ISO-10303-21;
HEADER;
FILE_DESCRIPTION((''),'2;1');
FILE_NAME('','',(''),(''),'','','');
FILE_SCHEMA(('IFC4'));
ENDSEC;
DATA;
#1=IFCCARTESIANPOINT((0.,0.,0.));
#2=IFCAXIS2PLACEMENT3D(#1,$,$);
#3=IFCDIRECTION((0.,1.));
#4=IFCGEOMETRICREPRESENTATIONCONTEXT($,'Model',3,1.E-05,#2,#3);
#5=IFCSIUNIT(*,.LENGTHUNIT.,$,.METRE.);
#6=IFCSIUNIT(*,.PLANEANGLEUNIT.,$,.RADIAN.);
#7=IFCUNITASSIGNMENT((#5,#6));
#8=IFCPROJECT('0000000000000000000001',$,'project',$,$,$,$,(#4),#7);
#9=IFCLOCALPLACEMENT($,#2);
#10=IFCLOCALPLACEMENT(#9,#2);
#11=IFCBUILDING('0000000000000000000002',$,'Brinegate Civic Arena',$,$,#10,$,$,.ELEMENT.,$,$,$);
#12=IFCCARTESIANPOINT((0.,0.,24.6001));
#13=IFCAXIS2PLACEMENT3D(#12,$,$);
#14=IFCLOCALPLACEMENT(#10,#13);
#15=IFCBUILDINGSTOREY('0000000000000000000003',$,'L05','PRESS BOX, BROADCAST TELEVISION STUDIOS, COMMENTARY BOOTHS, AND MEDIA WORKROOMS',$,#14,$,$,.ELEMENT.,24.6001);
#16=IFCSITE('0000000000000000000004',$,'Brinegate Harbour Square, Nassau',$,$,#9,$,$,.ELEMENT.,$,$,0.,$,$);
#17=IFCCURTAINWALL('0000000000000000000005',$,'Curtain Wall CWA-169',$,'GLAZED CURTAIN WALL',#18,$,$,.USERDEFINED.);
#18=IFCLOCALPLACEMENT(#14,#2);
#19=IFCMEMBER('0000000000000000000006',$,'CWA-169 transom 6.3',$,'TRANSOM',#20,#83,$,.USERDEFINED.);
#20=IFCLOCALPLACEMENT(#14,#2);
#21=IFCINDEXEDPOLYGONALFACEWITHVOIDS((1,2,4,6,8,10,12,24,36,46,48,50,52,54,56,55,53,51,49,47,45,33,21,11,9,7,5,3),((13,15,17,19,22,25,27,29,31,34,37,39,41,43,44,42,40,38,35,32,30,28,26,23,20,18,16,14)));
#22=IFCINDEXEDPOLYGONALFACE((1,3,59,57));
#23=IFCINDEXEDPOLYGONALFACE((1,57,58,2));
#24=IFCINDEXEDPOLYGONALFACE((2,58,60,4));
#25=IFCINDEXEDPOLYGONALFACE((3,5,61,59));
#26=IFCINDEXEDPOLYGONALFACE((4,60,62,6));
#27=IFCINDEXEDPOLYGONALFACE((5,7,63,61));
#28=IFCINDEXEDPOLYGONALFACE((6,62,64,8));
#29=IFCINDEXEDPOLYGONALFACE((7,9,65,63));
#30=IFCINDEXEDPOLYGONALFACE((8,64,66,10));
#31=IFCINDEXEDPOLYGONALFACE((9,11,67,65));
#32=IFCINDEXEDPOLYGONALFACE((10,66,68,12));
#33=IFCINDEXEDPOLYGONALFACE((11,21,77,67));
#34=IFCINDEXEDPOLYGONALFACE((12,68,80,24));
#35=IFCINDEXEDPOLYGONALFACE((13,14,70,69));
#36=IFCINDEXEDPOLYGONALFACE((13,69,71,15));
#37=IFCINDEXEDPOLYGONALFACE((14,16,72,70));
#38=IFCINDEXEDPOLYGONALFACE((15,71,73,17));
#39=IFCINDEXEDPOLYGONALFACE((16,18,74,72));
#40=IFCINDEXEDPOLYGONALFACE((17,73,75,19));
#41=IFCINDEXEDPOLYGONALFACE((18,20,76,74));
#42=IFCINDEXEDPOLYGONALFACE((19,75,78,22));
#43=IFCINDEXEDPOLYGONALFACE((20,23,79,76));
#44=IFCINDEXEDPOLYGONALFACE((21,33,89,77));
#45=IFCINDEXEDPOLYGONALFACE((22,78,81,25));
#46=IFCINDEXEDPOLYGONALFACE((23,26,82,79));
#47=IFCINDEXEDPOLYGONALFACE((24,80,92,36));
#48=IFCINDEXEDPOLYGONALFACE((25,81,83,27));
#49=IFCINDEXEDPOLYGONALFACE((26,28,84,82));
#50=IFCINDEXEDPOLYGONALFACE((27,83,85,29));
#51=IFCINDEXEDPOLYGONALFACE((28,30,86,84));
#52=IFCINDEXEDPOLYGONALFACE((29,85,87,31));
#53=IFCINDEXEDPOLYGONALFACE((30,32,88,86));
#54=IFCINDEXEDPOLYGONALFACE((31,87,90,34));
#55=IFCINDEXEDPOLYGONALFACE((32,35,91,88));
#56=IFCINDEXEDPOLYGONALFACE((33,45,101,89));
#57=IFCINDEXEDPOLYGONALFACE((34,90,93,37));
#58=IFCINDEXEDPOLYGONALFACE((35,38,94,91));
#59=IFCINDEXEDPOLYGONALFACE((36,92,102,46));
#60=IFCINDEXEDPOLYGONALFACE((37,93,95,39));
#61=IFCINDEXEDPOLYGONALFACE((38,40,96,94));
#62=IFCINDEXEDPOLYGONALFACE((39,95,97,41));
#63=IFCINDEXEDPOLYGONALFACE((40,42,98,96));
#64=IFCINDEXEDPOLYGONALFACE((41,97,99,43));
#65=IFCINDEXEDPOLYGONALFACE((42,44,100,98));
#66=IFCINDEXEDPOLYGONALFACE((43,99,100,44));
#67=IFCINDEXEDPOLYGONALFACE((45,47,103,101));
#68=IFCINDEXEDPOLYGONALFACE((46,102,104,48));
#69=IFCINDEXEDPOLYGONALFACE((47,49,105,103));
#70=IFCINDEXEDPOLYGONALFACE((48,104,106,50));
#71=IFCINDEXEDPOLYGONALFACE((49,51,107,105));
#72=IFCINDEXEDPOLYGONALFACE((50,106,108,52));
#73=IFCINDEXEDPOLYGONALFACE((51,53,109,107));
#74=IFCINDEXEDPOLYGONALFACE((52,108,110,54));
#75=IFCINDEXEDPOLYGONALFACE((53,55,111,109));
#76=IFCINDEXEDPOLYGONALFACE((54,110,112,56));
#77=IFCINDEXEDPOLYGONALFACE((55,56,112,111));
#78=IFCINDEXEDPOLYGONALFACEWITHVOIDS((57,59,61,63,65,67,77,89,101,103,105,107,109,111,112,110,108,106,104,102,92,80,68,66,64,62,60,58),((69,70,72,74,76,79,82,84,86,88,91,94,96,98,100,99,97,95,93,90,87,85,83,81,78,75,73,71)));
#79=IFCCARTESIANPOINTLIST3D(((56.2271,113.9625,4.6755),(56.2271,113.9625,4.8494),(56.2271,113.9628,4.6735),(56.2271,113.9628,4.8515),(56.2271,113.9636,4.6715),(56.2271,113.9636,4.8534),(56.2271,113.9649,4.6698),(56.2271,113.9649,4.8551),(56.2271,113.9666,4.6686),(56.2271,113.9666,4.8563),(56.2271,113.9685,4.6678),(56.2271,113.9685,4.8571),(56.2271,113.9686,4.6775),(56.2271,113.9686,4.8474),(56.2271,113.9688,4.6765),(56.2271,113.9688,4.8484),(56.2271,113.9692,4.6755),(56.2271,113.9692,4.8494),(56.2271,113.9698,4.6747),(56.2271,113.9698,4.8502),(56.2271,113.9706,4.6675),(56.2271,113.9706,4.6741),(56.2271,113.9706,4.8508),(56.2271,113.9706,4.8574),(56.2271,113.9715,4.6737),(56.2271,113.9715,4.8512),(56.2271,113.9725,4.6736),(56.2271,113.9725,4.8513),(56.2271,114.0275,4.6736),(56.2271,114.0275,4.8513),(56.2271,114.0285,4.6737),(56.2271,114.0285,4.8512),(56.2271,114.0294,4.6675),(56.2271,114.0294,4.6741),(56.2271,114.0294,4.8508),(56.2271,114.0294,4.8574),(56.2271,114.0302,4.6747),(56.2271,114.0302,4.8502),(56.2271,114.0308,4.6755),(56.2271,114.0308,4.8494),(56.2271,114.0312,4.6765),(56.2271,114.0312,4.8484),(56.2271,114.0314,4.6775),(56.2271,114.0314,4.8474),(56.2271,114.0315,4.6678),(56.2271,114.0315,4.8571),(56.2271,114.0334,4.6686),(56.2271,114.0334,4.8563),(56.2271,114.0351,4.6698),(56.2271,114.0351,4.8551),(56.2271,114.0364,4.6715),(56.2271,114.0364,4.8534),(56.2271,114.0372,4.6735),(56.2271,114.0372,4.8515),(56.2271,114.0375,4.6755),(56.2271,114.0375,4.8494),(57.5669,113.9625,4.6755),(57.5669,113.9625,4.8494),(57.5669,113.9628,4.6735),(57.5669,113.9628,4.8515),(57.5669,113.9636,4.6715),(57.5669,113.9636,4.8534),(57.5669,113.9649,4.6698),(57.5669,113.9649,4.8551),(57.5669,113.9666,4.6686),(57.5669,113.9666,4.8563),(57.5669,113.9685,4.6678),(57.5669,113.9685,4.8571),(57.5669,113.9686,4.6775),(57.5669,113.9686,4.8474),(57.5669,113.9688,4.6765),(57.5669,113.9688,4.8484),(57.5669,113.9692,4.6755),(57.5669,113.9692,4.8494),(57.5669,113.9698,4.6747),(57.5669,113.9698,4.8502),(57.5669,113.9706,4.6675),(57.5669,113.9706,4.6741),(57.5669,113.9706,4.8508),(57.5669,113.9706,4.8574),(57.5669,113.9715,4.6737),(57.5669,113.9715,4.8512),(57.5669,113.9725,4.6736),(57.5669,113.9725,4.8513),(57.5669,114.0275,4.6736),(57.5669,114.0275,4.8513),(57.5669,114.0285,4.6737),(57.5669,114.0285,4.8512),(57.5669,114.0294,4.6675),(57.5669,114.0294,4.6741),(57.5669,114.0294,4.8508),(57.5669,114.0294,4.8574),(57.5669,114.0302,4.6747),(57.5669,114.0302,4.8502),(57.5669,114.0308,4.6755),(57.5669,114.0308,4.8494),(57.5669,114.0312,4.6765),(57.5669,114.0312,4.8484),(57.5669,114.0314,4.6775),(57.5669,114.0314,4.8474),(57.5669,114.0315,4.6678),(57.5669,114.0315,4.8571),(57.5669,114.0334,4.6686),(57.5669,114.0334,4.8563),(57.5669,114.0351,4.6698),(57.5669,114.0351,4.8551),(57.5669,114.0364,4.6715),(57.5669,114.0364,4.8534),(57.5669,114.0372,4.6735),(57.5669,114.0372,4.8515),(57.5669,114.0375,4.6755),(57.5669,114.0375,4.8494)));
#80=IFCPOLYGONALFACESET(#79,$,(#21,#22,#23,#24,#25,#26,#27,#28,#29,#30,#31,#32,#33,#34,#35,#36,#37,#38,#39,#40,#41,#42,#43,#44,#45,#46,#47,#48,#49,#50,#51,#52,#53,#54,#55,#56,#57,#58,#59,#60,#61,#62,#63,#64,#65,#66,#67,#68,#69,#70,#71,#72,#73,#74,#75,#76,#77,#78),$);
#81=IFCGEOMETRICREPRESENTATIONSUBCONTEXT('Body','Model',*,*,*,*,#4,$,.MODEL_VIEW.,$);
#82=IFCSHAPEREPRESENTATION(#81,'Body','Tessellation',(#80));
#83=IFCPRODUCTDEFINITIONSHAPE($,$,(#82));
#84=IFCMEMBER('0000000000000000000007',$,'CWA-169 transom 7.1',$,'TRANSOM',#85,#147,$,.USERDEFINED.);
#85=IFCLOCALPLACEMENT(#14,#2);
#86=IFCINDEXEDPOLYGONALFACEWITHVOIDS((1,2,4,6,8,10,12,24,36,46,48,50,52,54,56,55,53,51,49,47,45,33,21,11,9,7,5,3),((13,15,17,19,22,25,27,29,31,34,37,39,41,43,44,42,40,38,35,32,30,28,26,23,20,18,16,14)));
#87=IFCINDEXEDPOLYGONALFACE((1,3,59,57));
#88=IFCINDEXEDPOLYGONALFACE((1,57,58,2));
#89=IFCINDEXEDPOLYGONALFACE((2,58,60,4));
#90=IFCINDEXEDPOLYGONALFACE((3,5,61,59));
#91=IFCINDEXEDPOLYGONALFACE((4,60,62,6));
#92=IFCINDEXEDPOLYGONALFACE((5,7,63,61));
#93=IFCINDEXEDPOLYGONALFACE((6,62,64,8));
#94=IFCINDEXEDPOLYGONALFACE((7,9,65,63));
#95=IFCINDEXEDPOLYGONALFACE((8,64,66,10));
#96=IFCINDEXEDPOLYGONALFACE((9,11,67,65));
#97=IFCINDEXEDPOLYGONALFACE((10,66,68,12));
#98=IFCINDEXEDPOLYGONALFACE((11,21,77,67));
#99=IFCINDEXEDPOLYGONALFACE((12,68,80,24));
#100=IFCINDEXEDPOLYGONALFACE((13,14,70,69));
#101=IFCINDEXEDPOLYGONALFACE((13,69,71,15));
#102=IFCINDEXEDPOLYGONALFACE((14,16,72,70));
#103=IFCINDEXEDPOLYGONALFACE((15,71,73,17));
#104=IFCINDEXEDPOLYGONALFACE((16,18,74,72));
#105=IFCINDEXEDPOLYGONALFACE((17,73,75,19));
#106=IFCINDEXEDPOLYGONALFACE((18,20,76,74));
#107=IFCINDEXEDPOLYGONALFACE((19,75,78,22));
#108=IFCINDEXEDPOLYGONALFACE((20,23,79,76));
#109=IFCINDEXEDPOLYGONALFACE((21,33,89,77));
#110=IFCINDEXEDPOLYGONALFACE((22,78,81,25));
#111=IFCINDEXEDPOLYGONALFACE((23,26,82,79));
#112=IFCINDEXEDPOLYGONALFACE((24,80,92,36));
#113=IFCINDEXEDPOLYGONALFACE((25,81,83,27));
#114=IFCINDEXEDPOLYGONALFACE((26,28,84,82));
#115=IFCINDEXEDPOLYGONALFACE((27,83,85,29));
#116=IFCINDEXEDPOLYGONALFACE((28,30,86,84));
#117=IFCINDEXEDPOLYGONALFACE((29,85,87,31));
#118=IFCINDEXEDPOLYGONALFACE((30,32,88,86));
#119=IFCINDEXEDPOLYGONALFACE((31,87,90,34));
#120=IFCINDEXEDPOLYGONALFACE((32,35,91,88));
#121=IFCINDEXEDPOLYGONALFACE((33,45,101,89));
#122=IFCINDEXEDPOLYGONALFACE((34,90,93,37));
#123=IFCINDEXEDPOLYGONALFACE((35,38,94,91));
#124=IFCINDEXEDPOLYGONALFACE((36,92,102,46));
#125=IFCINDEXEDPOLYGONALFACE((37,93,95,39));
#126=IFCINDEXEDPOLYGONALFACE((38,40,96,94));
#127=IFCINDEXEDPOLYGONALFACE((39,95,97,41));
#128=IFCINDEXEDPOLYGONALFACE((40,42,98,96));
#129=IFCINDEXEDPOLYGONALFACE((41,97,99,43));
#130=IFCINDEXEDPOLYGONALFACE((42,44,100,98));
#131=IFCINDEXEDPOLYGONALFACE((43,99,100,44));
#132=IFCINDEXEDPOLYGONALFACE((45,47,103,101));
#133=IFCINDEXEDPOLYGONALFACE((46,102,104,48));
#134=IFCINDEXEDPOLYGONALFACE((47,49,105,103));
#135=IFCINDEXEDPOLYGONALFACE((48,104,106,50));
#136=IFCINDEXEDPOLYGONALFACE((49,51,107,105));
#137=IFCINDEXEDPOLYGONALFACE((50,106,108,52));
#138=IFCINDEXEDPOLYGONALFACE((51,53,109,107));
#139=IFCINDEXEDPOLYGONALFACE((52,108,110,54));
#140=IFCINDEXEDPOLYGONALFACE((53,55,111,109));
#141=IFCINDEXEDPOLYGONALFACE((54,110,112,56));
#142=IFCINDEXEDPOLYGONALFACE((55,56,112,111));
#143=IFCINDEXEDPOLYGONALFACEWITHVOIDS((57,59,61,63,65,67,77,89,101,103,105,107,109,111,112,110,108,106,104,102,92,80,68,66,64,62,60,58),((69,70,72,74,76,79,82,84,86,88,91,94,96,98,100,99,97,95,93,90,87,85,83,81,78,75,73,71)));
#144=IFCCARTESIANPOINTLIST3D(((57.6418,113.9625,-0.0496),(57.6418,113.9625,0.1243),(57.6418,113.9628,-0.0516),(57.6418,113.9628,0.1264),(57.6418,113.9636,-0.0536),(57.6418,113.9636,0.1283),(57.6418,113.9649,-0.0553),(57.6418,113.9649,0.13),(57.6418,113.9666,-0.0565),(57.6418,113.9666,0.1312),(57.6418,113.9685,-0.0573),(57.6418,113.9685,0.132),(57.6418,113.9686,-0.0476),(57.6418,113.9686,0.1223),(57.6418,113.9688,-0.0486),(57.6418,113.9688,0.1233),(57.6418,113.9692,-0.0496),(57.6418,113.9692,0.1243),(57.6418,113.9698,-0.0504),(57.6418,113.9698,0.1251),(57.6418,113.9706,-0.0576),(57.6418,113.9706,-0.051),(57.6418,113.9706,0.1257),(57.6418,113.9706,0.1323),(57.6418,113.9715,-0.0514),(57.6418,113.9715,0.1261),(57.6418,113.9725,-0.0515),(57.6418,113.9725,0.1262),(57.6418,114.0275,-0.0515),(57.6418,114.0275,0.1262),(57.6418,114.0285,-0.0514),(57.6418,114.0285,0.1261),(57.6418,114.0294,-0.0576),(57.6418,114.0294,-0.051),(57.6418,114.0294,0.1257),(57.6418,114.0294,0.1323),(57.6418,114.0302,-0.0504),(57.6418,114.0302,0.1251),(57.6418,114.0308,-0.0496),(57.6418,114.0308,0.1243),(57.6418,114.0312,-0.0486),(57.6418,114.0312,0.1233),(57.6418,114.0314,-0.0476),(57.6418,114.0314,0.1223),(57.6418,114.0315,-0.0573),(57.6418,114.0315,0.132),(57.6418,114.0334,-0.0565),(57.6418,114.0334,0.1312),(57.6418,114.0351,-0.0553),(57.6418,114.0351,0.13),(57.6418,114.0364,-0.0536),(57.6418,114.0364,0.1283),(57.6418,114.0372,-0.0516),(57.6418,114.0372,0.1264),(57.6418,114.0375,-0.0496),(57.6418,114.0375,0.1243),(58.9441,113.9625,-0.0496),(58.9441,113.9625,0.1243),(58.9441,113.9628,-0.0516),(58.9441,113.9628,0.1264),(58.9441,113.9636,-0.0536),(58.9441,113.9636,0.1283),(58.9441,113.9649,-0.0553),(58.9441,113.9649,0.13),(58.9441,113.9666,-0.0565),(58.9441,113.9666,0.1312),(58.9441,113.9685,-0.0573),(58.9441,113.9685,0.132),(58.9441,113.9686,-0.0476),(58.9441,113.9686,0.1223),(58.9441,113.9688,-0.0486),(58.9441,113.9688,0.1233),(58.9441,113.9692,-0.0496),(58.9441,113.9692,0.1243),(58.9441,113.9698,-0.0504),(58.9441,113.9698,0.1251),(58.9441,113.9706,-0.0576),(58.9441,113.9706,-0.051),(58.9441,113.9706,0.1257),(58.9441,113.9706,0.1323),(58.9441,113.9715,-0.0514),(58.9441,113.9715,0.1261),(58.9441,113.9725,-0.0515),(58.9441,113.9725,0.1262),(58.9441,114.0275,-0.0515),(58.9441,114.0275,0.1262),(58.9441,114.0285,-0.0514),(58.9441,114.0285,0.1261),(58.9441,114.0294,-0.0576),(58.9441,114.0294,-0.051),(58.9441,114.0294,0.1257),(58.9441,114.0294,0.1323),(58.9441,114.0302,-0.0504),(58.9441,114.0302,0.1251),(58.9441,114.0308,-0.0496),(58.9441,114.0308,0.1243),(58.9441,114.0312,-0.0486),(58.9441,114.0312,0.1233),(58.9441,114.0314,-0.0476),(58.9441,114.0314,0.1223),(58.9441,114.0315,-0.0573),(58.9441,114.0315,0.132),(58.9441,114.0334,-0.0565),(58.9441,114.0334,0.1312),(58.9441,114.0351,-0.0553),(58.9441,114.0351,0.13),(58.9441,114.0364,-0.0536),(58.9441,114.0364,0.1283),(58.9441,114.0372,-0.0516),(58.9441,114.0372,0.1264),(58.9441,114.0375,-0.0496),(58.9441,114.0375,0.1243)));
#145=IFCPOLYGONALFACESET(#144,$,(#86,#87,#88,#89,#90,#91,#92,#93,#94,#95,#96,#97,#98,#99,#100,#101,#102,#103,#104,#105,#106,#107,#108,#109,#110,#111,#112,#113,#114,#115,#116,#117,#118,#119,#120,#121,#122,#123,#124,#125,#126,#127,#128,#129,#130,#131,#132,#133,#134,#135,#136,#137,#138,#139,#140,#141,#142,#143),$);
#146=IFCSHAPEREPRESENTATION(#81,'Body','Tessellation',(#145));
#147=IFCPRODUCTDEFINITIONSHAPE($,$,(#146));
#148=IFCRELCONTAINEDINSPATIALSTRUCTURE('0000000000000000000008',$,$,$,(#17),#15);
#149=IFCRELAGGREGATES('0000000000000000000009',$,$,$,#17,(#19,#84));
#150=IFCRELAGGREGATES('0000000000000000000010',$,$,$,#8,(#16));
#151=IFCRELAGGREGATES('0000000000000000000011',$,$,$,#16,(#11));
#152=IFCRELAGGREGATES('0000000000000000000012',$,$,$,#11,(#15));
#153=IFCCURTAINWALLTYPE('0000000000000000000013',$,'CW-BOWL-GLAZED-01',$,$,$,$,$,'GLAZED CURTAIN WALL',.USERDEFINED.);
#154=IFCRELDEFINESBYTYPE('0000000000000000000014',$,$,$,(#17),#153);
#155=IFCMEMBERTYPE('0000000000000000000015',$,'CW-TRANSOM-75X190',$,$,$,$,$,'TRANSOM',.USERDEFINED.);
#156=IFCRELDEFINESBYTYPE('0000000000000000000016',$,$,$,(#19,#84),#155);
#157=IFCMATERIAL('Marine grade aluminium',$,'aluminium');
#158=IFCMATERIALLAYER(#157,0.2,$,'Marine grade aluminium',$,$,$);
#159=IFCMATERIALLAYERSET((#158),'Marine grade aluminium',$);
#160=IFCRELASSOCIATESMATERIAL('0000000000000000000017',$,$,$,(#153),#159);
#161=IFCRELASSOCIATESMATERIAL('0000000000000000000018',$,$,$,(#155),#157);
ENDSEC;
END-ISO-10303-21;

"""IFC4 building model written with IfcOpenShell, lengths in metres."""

from ifc_helpers import new_model, si_unit, direction, frame, origin, origin_2d, place, context, subcontext, project, spatial, hollow_rectangle, extrude, material, layer, layer_set, material_profile, profile_set, type_object, element, aggregate, save


model = new_model("IFC4")

# Units and contexts
model_context = context("Model", 3, precision=1e-05, world=origin(), true_north=direction((0.0, 1.0)))
body_context = subcontext(model_context, "Body", "Model", "MODEL_VIEW")
ifc_project = project(units=[si_unit("LENGTHUNIT", "METRE"), si_unit("PLANEANGLEUNIT", "RADIAN")], contexts=[model_context])

# Site, building, storey
site_placement = place(None, origin())
site = spatial("IfcSite", under=ifc_project, at=site_placement, Name="Brinegate Harbour Square, Nassau", CompositionType="ELEMENT", RefElevation=0.0)
building_placement = place(site_placement, origin())
building = spatial("IfcBuilding", under=site, at=building_placement, Name="Brinegate Civic Arena", CompositionType="ELEMENT")
storey_placement = place(building_placement, frame((0.0, 0.0, 24.6001)))
storey = spatial("IfcBuildingStorey", under=building, at=storey_placement, Name="L05", Description="PRESS BOX, BROADCAST TELEVISION STUDIOS, COMMENTARY BOOTHS, AND MEDIA WORKROOMS", CompositionType="ELEMENT", Elevation=24.6001)

# Shared definitions
ifc_material_1 = material(Name="Marine grade aluminium", Category="aluminium")
ifc_layer_1 = layer(ifc_material_1, 0.2, Name="Marine grade aluminium")
ifc_layer_set_1 = layer_set([ifc_layer_1], Name="Marine grade aluminium")
curtain_wall_type = type_object("IfcCurtainWallType", Name="CW-BOWL-GLAZED-01", ElementType="GLAZED CURTAIN WALL", PredefinedType="USERDEFINED", material=ifc_layer_set_1)

# Curtain wall
curtain_wall_1_placement = place(storey_placement, origin())
curtain_wall_1 = element("IfcCurtainWall", 1, at=curtain_wall_1_placement, inside=storey, type_object=curtain_wall_type, Name="Curtain Wall CWA-169", ObjectType="GLAZED CURTAIN WALL", PredefinedType="USERDEFINED")

# Members
ifc_material_profile_1 = material_profile(ifc_material_1, hollow_rectangle(XDim=0.075, YDim=0.1899, WallThickness=0.0061, InnerFilletRadius=0.0039, OuterFilletRadius=0.0081, at=origin_2d()), Name="TRN75X190")
ifc_profile_set_1 = profile_set([ifc_material_profile_1], Name="Marine grade aluminium")
member_type_1 = type_object("IfcMemberType", Name="CW-TRANSOM-75X190", ElementType="TRANSOM", PredefinedType="USERDEFINED", material=ifc_profile_set_1)
member_1_placement = place(storey_placement, frame((56.2271, 114.0, 4.7625), z_axis=(1.0, 0.0, 0.0), x_axis=(0.0, 1.0, 0.0)))
member_1 = element("IfcMember", 2, at=member_1_placement, type_object=member_type_1, Name="CWA-169 transom 6.3", ObjectType="TRANSOM", PredefinedType="USERDEFINED", context=body_context, shape_type="SweptSolid", body=[
    extrude(hollow_rectangle(XDim=0.075, YDim=0.1899, WallThickness=0.0061, InnerFilletRadius=0.0039, OuterFilletRadius=0.0081, at=origin_2d()), origin(), (0.0, 0.0, 1.0), 1.3398),
])
member_2_placement = place(storey_placement, frame((57.6418, 114.0, 0.0374), z_axis=(1.0, 0.0, 0.0), x_axis=(0.0, 1.0, 0.0)))
member_2 = element("IfcMember", 3, at=member_2_placement, type_object=member_type_1, Name="CWA-169 transom 7.1", ObjectType="TRANSOM", PredefinedType="USERDEFINED", context=body_context, shape_type="SweptSolid", body=[
    extrude(hollow_rectangle(XDim=0.075, YDim=0.1899, WallThickness=0.0061, InnerFilletRadius=0.0039, OuterFilletRadius=0.0081, at=origin_2d()), origin(), (0.0, 0.0, 1.0), 1.3022),
])

aggregate(curtain_wall_1, [member_1, member_2])

save(model, "model.ifc")
